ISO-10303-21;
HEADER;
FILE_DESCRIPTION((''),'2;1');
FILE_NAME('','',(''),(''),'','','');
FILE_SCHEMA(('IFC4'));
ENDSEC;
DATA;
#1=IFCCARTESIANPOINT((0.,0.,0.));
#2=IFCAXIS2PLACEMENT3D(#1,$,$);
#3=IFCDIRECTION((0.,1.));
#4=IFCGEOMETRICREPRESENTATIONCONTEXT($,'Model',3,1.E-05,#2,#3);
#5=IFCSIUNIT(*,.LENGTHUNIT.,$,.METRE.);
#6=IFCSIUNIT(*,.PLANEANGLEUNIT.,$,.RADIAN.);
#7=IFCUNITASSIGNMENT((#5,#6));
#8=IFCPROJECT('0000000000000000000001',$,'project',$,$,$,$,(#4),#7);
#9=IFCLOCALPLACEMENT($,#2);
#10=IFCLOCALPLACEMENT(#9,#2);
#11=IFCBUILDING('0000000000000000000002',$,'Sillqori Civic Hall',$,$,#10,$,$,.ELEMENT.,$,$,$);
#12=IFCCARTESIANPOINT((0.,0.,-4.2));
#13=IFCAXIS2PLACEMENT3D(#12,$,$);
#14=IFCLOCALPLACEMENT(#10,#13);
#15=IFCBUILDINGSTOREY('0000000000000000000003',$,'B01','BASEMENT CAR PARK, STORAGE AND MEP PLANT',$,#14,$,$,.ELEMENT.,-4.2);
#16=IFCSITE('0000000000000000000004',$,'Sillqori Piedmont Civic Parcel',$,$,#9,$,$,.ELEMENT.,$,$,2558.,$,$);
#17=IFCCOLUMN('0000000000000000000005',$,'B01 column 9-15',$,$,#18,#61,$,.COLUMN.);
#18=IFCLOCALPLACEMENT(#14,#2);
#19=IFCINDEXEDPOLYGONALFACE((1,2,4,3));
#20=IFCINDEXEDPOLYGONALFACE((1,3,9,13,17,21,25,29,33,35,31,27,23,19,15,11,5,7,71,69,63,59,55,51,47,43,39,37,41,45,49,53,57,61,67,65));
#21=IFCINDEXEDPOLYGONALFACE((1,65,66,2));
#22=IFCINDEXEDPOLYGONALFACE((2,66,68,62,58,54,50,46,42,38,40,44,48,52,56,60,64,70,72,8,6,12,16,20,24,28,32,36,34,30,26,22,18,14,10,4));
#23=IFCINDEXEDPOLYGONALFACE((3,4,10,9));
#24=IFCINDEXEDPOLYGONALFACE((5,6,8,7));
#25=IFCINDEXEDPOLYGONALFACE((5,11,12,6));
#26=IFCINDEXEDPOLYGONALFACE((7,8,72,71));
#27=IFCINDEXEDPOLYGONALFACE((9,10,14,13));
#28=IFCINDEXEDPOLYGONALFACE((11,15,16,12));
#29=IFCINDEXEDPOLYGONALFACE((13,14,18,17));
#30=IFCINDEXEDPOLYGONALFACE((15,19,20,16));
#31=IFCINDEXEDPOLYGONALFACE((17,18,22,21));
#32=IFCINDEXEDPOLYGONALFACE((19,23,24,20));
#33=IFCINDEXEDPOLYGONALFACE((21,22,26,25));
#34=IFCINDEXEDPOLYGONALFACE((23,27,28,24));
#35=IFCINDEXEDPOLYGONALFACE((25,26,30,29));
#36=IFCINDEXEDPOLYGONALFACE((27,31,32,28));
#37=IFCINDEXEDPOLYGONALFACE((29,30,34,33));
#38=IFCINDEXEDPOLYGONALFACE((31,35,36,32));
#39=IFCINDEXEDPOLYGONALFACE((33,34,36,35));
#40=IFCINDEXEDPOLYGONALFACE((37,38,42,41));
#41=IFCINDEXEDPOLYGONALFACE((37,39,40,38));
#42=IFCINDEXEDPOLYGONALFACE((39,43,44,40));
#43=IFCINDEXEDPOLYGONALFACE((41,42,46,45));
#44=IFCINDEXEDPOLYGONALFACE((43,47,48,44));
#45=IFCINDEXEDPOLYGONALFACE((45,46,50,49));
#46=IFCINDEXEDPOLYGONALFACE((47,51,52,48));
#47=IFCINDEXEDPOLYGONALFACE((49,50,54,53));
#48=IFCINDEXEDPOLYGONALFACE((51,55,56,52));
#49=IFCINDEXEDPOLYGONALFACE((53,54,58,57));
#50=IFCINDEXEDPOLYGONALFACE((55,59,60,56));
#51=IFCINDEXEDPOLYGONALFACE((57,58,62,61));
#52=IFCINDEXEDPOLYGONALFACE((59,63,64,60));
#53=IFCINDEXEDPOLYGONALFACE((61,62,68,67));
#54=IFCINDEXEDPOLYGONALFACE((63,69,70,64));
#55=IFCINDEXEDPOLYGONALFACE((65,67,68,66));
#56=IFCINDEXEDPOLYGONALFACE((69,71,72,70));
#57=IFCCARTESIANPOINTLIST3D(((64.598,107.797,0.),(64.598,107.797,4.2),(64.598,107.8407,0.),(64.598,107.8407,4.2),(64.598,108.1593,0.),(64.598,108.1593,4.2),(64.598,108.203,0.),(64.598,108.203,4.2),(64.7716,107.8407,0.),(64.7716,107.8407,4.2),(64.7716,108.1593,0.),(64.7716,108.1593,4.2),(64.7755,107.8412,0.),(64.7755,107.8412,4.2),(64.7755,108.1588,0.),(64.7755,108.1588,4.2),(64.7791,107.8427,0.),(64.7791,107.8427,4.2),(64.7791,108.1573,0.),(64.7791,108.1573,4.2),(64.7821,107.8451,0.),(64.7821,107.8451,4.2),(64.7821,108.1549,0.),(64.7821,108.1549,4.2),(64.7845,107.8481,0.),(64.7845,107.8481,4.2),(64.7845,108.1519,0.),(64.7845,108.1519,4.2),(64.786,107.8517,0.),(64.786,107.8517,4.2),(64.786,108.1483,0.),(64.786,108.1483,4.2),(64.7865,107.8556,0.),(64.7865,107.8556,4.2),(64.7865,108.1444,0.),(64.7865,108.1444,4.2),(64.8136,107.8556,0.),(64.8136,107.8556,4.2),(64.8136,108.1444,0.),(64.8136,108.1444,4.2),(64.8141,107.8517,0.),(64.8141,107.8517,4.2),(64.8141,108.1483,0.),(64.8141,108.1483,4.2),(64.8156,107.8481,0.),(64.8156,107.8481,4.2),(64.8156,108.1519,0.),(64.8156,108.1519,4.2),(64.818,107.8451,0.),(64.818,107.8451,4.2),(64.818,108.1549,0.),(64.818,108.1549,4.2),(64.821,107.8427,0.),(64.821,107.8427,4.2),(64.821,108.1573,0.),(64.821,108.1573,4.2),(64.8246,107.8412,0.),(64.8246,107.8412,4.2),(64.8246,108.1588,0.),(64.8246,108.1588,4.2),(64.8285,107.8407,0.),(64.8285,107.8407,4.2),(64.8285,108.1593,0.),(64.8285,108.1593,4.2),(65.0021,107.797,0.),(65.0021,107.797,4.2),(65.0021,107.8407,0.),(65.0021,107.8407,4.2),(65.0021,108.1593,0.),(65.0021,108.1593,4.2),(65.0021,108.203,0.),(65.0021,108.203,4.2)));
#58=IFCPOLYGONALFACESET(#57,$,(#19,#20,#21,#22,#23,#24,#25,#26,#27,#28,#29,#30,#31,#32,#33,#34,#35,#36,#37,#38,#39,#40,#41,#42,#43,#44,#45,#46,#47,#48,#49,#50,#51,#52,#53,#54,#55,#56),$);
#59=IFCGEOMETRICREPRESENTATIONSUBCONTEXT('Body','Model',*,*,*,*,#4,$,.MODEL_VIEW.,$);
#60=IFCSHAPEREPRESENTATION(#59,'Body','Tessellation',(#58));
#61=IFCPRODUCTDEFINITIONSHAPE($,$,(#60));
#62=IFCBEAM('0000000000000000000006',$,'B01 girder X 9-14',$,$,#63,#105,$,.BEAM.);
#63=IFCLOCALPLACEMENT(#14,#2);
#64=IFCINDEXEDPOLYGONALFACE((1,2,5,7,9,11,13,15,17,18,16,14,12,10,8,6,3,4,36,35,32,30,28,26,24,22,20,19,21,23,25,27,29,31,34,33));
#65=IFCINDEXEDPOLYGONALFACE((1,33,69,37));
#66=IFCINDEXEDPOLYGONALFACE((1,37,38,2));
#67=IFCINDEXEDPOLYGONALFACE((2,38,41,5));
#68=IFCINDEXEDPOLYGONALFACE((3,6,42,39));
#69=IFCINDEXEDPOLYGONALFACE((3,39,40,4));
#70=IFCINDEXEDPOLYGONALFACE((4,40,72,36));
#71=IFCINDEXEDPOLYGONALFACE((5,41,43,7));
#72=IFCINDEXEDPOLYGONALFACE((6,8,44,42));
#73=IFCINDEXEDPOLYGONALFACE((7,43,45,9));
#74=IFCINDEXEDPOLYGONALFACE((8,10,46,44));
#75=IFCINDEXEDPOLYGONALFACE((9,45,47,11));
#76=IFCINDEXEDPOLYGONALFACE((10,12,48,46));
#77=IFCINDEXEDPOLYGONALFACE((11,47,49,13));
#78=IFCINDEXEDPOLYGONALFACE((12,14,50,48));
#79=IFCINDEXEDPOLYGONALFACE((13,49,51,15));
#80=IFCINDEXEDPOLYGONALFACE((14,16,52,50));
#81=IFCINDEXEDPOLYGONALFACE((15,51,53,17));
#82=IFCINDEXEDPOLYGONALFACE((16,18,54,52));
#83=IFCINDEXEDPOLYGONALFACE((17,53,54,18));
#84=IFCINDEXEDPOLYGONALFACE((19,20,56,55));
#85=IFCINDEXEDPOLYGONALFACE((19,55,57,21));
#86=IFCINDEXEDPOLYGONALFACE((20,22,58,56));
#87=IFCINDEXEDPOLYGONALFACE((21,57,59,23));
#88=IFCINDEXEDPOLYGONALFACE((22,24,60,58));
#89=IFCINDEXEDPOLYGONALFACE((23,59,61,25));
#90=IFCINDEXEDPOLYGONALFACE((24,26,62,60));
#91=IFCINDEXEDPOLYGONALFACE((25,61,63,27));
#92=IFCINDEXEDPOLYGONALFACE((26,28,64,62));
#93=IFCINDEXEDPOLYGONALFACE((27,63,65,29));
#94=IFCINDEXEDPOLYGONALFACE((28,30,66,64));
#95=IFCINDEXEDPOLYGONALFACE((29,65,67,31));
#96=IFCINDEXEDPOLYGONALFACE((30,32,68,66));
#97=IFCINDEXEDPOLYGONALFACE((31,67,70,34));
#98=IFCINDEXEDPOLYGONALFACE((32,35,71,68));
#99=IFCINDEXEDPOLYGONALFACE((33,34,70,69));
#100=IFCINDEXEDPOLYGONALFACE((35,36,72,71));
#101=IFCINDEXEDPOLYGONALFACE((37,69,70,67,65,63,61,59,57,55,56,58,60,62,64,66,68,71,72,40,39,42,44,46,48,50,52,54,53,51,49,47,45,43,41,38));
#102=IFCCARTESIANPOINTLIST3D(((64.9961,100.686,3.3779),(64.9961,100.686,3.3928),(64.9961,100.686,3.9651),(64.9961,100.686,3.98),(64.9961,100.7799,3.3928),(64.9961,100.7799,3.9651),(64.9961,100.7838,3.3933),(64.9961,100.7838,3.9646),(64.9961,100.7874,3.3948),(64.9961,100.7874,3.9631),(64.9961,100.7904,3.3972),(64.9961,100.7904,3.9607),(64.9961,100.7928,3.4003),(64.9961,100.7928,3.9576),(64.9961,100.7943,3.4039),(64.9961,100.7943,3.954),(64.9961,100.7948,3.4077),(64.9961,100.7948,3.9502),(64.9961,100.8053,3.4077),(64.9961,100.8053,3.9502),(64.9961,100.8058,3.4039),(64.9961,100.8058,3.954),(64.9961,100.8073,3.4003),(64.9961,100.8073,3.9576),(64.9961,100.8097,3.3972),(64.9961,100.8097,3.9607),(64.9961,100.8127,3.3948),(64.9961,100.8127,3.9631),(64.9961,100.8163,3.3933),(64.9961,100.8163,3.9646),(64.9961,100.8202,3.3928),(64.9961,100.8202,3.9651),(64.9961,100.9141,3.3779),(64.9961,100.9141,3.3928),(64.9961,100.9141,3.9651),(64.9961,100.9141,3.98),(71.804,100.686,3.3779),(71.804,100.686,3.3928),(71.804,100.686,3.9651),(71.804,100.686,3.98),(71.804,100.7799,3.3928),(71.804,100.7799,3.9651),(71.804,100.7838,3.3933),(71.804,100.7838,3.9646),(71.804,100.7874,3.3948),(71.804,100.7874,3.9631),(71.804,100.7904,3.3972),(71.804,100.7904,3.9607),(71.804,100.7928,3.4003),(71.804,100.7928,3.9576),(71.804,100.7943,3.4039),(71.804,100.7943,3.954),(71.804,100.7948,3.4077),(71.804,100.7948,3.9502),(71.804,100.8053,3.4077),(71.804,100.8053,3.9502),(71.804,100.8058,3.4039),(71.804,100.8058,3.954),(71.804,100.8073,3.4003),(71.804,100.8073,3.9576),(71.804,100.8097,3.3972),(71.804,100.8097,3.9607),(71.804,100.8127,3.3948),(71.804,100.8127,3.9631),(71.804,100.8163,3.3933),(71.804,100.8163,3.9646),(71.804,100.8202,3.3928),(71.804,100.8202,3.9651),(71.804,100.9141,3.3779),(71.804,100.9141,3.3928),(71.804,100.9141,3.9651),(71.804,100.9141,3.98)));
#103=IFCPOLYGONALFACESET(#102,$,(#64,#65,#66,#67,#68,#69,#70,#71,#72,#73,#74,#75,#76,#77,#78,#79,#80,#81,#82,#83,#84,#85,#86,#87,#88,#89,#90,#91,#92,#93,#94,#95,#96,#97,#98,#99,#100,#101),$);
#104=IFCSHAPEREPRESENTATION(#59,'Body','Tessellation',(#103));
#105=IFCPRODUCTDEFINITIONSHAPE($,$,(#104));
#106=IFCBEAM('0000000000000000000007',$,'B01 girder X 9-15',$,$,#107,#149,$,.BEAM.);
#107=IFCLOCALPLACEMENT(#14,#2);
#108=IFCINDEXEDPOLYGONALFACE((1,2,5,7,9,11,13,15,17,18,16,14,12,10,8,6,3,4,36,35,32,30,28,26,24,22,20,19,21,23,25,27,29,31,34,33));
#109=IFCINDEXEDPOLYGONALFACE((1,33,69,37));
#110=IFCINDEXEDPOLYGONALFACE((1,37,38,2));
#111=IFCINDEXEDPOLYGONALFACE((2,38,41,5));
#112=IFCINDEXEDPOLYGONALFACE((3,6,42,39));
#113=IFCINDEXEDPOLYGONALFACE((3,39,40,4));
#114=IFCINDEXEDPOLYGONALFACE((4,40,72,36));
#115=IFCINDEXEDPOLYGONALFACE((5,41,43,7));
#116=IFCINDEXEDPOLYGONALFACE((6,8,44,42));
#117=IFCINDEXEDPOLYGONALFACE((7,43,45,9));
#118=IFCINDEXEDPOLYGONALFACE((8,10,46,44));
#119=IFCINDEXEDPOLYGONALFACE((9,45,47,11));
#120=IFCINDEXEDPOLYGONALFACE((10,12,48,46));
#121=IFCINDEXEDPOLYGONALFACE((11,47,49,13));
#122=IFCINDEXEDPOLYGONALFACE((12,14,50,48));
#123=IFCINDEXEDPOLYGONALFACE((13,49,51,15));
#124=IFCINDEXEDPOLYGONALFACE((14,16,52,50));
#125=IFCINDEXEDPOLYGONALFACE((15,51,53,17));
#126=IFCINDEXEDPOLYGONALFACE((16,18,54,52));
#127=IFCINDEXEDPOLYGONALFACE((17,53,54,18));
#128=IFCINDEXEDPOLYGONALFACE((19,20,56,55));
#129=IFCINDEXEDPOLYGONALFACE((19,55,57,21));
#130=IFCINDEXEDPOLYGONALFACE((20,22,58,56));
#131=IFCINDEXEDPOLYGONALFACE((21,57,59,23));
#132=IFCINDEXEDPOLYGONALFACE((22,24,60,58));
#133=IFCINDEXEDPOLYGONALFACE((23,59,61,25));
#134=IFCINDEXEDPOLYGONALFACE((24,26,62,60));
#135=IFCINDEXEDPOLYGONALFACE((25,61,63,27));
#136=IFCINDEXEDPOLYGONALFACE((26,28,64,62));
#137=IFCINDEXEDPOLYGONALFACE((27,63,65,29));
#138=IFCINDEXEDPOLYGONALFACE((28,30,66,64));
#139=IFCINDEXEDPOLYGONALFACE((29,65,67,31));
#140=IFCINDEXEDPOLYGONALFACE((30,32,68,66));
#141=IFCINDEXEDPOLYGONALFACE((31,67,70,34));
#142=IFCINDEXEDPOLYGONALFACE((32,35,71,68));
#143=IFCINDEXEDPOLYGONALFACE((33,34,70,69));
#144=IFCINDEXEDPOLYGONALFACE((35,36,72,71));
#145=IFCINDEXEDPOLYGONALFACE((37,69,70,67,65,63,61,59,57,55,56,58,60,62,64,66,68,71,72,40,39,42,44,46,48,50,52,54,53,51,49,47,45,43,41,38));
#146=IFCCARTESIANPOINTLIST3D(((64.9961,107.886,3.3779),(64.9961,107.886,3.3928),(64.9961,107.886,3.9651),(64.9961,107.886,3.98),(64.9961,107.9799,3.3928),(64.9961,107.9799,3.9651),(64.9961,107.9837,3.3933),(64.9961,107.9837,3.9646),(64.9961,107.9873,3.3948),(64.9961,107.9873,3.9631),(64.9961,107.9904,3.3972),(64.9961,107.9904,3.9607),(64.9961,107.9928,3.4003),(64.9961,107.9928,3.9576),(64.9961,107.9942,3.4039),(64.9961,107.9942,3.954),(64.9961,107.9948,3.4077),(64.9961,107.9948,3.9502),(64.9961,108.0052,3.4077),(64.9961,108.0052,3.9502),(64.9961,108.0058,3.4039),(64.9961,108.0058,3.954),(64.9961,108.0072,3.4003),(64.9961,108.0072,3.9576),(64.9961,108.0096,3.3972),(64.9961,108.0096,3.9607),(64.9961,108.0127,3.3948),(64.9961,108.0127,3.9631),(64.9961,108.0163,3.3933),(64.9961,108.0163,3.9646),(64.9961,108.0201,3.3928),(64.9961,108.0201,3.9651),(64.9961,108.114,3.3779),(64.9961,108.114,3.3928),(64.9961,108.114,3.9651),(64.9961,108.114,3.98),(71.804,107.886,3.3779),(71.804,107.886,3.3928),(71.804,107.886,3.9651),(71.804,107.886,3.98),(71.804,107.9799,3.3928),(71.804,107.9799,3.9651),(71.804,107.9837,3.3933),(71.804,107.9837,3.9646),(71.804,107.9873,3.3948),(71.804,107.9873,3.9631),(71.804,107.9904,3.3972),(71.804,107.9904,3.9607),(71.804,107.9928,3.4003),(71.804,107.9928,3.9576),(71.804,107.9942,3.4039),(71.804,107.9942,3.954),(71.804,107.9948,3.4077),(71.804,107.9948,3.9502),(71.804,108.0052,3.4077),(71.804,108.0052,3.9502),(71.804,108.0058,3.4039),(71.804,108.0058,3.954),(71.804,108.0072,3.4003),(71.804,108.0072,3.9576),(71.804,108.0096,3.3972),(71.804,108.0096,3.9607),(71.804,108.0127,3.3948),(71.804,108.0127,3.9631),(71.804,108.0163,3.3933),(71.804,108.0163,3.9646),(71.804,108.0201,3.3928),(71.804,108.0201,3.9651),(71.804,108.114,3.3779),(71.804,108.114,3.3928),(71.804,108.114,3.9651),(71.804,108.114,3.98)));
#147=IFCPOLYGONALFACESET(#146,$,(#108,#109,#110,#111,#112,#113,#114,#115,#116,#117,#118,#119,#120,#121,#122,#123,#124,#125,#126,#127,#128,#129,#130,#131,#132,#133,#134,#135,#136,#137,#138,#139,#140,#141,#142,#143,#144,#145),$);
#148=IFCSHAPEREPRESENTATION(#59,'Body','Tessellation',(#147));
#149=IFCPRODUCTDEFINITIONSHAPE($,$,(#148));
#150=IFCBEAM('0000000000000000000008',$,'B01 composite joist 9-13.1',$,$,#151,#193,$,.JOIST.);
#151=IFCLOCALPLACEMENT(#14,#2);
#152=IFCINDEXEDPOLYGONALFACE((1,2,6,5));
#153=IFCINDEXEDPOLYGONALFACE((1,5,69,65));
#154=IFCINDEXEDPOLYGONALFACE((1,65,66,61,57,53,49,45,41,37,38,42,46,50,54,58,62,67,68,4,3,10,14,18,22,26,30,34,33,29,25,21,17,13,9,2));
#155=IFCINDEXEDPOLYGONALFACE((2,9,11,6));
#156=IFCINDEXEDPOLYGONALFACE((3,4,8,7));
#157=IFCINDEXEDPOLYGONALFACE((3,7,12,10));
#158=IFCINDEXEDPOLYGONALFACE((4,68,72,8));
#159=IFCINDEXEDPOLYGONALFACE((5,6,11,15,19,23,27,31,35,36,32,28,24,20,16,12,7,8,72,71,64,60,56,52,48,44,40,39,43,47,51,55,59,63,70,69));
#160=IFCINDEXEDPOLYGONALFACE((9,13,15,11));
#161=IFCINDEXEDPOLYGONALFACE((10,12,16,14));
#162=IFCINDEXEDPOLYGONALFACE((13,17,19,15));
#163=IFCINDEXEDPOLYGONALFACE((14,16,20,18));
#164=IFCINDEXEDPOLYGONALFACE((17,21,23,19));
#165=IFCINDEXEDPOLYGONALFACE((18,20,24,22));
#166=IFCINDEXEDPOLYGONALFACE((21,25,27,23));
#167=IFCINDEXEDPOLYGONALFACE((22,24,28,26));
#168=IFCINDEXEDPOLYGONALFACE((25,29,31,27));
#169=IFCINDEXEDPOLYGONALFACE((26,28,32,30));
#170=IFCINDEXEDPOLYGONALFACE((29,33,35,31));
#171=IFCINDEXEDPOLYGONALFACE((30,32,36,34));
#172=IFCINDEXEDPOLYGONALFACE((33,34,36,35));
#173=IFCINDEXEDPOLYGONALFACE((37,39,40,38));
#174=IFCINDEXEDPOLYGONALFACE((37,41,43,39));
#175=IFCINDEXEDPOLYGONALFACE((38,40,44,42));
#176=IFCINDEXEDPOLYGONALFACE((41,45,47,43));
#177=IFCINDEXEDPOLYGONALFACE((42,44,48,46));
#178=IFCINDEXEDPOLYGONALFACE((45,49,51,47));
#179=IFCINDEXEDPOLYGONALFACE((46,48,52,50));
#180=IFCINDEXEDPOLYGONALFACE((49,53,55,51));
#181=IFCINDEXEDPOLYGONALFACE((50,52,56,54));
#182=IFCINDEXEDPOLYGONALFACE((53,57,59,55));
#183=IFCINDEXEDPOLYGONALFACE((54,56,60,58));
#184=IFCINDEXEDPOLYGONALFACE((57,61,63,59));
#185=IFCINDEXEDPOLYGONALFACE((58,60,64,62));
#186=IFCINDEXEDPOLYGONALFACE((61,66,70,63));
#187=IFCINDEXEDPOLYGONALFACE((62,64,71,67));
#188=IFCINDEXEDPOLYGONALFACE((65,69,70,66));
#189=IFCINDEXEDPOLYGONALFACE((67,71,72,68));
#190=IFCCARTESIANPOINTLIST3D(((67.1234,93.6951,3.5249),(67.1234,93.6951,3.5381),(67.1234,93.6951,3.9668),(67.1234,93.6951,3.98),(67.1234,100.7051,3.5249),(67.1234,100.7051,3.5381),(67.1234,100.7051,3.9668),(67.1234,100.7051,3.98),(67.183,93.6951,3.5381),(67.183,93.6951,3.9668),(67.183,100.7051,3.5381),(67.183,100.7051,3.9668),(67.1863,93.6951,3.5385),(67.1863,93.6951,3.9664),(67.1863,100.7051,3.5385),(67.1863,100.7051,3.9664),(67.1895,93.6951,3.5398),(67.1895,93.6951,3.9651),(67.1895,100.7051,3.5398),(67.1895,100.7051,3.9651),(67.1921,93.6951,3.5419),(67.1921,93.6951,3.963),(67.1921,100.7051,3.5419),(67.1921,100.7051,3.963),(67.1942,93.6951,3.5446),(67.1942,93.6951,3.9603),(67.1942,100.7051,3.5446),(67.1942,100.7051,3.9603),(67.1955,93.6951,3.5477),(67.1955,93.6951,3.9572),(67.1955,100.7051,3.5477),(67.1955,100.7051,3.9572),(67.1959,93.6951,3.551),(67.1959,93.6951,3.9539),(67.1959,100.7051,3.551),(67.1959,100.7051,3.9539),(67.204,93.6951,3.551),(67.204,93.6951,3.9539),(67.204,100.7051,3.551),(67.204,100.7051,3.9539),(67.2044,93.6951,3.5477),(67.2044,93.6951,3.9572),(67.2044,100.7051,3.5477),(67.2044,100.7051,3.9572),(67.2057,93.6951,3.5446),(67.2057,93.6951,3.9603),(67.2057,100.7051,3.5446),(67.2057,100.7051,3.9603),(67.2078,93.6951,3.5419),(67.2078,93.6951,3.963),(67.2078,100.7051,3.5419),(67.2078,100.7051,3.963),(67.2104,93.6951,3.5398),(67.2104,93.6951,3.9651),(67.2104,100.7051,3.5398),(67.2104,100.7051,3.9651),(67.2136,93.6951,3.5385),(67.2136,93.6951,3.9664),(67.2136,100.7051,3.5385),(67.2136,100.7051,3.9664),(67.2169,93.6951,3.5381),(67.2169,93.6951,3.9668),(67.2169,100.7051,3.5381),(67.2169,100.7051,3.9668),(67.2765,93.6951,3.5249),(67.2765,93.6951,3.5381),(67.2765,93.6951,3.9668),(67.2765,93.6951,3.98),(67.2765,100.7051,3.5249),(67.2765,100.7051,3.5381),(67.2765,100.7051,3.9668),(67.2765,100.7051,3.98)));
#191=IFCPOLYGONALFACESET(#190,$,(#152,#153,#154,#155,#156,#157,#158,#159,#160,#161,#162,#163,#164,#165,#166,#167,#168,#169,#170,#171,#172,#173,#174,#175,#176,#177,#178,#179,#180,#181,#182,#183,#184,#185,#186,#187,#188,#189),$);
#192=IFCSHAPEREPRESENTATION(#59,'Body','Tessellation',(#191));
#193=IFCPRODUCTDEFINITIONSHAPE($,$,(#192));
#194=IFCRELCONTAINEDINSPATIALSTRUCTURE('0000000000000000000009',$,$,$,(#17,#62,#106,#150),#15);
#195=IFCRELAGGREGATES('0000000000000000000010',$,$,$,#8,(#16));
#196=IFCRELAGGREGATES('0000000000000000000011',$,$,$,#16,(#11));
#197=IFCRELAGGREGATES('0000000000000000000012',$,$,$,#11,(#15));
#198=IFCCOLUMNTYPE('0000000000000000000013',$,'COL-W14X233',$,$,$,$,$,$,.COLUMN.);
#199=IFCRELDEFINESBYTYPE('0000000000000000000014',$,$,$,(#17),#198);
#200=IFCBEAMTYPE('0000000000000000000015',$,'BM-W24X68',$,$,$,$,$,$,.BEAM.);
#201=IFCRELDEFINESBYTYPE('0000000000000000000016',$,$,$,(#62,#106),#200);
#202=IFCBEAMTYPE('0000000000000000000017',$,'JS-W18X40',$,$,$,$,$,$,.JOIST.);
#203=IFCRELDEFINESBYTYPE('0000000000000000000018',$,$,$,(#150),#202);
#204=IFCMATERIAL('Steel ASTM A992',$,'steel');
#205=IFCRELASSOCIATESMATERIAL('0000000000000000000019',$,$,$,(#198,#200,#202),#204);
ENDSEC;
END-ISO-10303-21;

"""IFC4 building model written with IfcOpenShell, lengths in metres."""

from ifc_helpers import new_model, si_unit, direction, frame, origin, origin_2d, place, context, subcontext, project, spatial, i_section, extrude, material, material_profile, profile_set, type_object, element, save


model = new_model("IFC4")

# Units and contexts
model_context = context("Model", 3, precision=1e-05, world=origin(), true_north=direction((0.0, 1.0)))
body_context = subcontext(model_context, "Body", "Model", "MODEL_VIEW")
ifc_project = project(units=[si_unit("LENGTHUNIT", "METRE"), si_unit("PLANEANGLEUNIT", "RADIAN")], contexts=[model_context])

# Site, building, storey
site_placement = place(None, origin())
site = spatial("IfcSite", under=ifc_project, at=site_placement, Name="Sillqori Piedmont Civic Parcel", CompositionType="ELEMENT", RefElevation=2558.0)
building_placement = place(site_placement, origin())
building = spatial("IfcBuilding", under=site, at=building_placement, Name="Sillqori Civic Hall", CompositionType="ELEMENT")
storey_placement = place(building_placement, frame((0.0, 0.0, -4.2)))
storey = spatial("IfcBuildingStorey", under=building, at=storey_placement, Name="B01", Description="BASEMENT CAR PARK, STORAGE AND MEP PLANT", CompositionType="ELEMENT", Elevation=-4.2)

# Column
ifc_material_1 = material(Name="Steel ASTM A992", Category="steel")
ifc_material_profile_1 = material_profile(ifc_material_1, i_section(OverallWidth=0.4041, OverallDepth=0.406, WebThickness=0.0271, FlangeThickness=0.0437, FilletRadius=0.0149, at=origin_2d()), Name="W14X233")
ifc_profile_set_1 = profile_set([ifc_material_profile_1], Name="Steel ASTM A992")
column_type = type_object("IfcColumnType", Name="COL-W14X233", PredefinedType="COLUMN", material=ifc_profile_set_1)
column_placement = place(storey_placement, frame((64.8, 108.0, 0.0), z_axis=(0.0, 0.0, 1.0), x_axis=(1.0, 0.0, 0.0)))
element("IfcColumn", 1, at=column_placement, inside=storey, type_object=column_type, Name="B01 column 9-15", PredefinedType="COLUMN", context=body_context, shape_type="SweptSolid", body=[
    extrude(i_section(OverallWidth=0.4041, OverallDepth=0.406, WebThickness=0.0271, FlangeThickness=0.0437, FilletRadius=0.0149, at=origin_2d()), origin(), (0.0, 0.0, 1.0), 4.2),
])

# Beams
ifc_material_profile_2 = material_profile(ifc_material_1, i_section(OverallWidth=0.228, OverallDepth=0.6021, WebThickness=0.0105, FlangeThickness=0.0149, FilletRadius=0.0149, at=origin_2d()), Name="W24X68")
ifc_profile_set_2 = profile_set([ifc_material_profile_2], Name="Steel ASTM A992")
beam_type_1 = type_object("IfcBeamType", Name="BM-W24X68", PredefinedType="BEAM", material=ifc_profile_set_2)
for number, where, z_axis, x_axis, name in (
    (2, (64.9961, 100.8, 3.679), (1.0, 0.0, 0.0), (0.0, 1.0, 0.0), "B01 girder X 9-14"),
    (3, (64.9961, 108.0, 3.679), (1.0, 0.0, 0.0), (0.0, 1.0, 0.0), "B01 girder X 9-15"),
):
    element("IfcBeam", number, at=place(storey_placement, frame(where, z_axis=z_axis, x_axis=x_axis)), inside=storey, type_object=beam_type_1, Name=name, PredefinedType="BEAM", context=body_context, shape_type="SweptSolid", body=[
        extrude(i_section(OverallWidth=0.228, OverallDepth=0.6021, WebThickness=0.0105, FlangeThickness=0.0149, FilletRadius=0.0149, at=origin_2d()), origin(), (0.0, 0.0, 1.0), 6.8079),
    ])
ifc_material_profile_3 = material_profile(ifc_material_1, i_section(OverallWidth=0.1531, OverallDepth=0.4551, WebThickness=0.0081, FlangeThickness=0.0132, FilletRadius=0.0129, at=origin_2d()), Name="W18X40")
ifc_profile_set_3 = profile_set([ifc_material_profile_3], Name="Steel ASTM A992")
beam_type_2 = type_object("IfcBeamType", Name="JS-W18X40", PredefinedType="JOIST", material=ifc_profile_set_3)
for number, where, z_axis, x_axis, name in (
    (4, (67.2, 93.6951, 3.7524), (0.0, 1.0, 0.0), (-1.0, 0.0, 0.0), "B01 composite joist 9-13.1"),
):
    element("IfcBeam", number, at=place(storey_placement, frame(where, z_axis=z_axis, x_axis=x_axis)), inside=storey, type_object=beam_type_2, Name=name, PredefinedType="JOIST", context=body_context, shape_type="SweptSolid", body=[
        extrude(i_section(OverallWidth=0.1531, OverallDepth=0.4551, WebThickness=0.0081, FlangeThickness=0.0132, FilletRadius=0.0129, at=origin_2d()), origin(), (0.0, 0.0, 1.0), 7.01),
    ])

save(model, "model.ifc")
